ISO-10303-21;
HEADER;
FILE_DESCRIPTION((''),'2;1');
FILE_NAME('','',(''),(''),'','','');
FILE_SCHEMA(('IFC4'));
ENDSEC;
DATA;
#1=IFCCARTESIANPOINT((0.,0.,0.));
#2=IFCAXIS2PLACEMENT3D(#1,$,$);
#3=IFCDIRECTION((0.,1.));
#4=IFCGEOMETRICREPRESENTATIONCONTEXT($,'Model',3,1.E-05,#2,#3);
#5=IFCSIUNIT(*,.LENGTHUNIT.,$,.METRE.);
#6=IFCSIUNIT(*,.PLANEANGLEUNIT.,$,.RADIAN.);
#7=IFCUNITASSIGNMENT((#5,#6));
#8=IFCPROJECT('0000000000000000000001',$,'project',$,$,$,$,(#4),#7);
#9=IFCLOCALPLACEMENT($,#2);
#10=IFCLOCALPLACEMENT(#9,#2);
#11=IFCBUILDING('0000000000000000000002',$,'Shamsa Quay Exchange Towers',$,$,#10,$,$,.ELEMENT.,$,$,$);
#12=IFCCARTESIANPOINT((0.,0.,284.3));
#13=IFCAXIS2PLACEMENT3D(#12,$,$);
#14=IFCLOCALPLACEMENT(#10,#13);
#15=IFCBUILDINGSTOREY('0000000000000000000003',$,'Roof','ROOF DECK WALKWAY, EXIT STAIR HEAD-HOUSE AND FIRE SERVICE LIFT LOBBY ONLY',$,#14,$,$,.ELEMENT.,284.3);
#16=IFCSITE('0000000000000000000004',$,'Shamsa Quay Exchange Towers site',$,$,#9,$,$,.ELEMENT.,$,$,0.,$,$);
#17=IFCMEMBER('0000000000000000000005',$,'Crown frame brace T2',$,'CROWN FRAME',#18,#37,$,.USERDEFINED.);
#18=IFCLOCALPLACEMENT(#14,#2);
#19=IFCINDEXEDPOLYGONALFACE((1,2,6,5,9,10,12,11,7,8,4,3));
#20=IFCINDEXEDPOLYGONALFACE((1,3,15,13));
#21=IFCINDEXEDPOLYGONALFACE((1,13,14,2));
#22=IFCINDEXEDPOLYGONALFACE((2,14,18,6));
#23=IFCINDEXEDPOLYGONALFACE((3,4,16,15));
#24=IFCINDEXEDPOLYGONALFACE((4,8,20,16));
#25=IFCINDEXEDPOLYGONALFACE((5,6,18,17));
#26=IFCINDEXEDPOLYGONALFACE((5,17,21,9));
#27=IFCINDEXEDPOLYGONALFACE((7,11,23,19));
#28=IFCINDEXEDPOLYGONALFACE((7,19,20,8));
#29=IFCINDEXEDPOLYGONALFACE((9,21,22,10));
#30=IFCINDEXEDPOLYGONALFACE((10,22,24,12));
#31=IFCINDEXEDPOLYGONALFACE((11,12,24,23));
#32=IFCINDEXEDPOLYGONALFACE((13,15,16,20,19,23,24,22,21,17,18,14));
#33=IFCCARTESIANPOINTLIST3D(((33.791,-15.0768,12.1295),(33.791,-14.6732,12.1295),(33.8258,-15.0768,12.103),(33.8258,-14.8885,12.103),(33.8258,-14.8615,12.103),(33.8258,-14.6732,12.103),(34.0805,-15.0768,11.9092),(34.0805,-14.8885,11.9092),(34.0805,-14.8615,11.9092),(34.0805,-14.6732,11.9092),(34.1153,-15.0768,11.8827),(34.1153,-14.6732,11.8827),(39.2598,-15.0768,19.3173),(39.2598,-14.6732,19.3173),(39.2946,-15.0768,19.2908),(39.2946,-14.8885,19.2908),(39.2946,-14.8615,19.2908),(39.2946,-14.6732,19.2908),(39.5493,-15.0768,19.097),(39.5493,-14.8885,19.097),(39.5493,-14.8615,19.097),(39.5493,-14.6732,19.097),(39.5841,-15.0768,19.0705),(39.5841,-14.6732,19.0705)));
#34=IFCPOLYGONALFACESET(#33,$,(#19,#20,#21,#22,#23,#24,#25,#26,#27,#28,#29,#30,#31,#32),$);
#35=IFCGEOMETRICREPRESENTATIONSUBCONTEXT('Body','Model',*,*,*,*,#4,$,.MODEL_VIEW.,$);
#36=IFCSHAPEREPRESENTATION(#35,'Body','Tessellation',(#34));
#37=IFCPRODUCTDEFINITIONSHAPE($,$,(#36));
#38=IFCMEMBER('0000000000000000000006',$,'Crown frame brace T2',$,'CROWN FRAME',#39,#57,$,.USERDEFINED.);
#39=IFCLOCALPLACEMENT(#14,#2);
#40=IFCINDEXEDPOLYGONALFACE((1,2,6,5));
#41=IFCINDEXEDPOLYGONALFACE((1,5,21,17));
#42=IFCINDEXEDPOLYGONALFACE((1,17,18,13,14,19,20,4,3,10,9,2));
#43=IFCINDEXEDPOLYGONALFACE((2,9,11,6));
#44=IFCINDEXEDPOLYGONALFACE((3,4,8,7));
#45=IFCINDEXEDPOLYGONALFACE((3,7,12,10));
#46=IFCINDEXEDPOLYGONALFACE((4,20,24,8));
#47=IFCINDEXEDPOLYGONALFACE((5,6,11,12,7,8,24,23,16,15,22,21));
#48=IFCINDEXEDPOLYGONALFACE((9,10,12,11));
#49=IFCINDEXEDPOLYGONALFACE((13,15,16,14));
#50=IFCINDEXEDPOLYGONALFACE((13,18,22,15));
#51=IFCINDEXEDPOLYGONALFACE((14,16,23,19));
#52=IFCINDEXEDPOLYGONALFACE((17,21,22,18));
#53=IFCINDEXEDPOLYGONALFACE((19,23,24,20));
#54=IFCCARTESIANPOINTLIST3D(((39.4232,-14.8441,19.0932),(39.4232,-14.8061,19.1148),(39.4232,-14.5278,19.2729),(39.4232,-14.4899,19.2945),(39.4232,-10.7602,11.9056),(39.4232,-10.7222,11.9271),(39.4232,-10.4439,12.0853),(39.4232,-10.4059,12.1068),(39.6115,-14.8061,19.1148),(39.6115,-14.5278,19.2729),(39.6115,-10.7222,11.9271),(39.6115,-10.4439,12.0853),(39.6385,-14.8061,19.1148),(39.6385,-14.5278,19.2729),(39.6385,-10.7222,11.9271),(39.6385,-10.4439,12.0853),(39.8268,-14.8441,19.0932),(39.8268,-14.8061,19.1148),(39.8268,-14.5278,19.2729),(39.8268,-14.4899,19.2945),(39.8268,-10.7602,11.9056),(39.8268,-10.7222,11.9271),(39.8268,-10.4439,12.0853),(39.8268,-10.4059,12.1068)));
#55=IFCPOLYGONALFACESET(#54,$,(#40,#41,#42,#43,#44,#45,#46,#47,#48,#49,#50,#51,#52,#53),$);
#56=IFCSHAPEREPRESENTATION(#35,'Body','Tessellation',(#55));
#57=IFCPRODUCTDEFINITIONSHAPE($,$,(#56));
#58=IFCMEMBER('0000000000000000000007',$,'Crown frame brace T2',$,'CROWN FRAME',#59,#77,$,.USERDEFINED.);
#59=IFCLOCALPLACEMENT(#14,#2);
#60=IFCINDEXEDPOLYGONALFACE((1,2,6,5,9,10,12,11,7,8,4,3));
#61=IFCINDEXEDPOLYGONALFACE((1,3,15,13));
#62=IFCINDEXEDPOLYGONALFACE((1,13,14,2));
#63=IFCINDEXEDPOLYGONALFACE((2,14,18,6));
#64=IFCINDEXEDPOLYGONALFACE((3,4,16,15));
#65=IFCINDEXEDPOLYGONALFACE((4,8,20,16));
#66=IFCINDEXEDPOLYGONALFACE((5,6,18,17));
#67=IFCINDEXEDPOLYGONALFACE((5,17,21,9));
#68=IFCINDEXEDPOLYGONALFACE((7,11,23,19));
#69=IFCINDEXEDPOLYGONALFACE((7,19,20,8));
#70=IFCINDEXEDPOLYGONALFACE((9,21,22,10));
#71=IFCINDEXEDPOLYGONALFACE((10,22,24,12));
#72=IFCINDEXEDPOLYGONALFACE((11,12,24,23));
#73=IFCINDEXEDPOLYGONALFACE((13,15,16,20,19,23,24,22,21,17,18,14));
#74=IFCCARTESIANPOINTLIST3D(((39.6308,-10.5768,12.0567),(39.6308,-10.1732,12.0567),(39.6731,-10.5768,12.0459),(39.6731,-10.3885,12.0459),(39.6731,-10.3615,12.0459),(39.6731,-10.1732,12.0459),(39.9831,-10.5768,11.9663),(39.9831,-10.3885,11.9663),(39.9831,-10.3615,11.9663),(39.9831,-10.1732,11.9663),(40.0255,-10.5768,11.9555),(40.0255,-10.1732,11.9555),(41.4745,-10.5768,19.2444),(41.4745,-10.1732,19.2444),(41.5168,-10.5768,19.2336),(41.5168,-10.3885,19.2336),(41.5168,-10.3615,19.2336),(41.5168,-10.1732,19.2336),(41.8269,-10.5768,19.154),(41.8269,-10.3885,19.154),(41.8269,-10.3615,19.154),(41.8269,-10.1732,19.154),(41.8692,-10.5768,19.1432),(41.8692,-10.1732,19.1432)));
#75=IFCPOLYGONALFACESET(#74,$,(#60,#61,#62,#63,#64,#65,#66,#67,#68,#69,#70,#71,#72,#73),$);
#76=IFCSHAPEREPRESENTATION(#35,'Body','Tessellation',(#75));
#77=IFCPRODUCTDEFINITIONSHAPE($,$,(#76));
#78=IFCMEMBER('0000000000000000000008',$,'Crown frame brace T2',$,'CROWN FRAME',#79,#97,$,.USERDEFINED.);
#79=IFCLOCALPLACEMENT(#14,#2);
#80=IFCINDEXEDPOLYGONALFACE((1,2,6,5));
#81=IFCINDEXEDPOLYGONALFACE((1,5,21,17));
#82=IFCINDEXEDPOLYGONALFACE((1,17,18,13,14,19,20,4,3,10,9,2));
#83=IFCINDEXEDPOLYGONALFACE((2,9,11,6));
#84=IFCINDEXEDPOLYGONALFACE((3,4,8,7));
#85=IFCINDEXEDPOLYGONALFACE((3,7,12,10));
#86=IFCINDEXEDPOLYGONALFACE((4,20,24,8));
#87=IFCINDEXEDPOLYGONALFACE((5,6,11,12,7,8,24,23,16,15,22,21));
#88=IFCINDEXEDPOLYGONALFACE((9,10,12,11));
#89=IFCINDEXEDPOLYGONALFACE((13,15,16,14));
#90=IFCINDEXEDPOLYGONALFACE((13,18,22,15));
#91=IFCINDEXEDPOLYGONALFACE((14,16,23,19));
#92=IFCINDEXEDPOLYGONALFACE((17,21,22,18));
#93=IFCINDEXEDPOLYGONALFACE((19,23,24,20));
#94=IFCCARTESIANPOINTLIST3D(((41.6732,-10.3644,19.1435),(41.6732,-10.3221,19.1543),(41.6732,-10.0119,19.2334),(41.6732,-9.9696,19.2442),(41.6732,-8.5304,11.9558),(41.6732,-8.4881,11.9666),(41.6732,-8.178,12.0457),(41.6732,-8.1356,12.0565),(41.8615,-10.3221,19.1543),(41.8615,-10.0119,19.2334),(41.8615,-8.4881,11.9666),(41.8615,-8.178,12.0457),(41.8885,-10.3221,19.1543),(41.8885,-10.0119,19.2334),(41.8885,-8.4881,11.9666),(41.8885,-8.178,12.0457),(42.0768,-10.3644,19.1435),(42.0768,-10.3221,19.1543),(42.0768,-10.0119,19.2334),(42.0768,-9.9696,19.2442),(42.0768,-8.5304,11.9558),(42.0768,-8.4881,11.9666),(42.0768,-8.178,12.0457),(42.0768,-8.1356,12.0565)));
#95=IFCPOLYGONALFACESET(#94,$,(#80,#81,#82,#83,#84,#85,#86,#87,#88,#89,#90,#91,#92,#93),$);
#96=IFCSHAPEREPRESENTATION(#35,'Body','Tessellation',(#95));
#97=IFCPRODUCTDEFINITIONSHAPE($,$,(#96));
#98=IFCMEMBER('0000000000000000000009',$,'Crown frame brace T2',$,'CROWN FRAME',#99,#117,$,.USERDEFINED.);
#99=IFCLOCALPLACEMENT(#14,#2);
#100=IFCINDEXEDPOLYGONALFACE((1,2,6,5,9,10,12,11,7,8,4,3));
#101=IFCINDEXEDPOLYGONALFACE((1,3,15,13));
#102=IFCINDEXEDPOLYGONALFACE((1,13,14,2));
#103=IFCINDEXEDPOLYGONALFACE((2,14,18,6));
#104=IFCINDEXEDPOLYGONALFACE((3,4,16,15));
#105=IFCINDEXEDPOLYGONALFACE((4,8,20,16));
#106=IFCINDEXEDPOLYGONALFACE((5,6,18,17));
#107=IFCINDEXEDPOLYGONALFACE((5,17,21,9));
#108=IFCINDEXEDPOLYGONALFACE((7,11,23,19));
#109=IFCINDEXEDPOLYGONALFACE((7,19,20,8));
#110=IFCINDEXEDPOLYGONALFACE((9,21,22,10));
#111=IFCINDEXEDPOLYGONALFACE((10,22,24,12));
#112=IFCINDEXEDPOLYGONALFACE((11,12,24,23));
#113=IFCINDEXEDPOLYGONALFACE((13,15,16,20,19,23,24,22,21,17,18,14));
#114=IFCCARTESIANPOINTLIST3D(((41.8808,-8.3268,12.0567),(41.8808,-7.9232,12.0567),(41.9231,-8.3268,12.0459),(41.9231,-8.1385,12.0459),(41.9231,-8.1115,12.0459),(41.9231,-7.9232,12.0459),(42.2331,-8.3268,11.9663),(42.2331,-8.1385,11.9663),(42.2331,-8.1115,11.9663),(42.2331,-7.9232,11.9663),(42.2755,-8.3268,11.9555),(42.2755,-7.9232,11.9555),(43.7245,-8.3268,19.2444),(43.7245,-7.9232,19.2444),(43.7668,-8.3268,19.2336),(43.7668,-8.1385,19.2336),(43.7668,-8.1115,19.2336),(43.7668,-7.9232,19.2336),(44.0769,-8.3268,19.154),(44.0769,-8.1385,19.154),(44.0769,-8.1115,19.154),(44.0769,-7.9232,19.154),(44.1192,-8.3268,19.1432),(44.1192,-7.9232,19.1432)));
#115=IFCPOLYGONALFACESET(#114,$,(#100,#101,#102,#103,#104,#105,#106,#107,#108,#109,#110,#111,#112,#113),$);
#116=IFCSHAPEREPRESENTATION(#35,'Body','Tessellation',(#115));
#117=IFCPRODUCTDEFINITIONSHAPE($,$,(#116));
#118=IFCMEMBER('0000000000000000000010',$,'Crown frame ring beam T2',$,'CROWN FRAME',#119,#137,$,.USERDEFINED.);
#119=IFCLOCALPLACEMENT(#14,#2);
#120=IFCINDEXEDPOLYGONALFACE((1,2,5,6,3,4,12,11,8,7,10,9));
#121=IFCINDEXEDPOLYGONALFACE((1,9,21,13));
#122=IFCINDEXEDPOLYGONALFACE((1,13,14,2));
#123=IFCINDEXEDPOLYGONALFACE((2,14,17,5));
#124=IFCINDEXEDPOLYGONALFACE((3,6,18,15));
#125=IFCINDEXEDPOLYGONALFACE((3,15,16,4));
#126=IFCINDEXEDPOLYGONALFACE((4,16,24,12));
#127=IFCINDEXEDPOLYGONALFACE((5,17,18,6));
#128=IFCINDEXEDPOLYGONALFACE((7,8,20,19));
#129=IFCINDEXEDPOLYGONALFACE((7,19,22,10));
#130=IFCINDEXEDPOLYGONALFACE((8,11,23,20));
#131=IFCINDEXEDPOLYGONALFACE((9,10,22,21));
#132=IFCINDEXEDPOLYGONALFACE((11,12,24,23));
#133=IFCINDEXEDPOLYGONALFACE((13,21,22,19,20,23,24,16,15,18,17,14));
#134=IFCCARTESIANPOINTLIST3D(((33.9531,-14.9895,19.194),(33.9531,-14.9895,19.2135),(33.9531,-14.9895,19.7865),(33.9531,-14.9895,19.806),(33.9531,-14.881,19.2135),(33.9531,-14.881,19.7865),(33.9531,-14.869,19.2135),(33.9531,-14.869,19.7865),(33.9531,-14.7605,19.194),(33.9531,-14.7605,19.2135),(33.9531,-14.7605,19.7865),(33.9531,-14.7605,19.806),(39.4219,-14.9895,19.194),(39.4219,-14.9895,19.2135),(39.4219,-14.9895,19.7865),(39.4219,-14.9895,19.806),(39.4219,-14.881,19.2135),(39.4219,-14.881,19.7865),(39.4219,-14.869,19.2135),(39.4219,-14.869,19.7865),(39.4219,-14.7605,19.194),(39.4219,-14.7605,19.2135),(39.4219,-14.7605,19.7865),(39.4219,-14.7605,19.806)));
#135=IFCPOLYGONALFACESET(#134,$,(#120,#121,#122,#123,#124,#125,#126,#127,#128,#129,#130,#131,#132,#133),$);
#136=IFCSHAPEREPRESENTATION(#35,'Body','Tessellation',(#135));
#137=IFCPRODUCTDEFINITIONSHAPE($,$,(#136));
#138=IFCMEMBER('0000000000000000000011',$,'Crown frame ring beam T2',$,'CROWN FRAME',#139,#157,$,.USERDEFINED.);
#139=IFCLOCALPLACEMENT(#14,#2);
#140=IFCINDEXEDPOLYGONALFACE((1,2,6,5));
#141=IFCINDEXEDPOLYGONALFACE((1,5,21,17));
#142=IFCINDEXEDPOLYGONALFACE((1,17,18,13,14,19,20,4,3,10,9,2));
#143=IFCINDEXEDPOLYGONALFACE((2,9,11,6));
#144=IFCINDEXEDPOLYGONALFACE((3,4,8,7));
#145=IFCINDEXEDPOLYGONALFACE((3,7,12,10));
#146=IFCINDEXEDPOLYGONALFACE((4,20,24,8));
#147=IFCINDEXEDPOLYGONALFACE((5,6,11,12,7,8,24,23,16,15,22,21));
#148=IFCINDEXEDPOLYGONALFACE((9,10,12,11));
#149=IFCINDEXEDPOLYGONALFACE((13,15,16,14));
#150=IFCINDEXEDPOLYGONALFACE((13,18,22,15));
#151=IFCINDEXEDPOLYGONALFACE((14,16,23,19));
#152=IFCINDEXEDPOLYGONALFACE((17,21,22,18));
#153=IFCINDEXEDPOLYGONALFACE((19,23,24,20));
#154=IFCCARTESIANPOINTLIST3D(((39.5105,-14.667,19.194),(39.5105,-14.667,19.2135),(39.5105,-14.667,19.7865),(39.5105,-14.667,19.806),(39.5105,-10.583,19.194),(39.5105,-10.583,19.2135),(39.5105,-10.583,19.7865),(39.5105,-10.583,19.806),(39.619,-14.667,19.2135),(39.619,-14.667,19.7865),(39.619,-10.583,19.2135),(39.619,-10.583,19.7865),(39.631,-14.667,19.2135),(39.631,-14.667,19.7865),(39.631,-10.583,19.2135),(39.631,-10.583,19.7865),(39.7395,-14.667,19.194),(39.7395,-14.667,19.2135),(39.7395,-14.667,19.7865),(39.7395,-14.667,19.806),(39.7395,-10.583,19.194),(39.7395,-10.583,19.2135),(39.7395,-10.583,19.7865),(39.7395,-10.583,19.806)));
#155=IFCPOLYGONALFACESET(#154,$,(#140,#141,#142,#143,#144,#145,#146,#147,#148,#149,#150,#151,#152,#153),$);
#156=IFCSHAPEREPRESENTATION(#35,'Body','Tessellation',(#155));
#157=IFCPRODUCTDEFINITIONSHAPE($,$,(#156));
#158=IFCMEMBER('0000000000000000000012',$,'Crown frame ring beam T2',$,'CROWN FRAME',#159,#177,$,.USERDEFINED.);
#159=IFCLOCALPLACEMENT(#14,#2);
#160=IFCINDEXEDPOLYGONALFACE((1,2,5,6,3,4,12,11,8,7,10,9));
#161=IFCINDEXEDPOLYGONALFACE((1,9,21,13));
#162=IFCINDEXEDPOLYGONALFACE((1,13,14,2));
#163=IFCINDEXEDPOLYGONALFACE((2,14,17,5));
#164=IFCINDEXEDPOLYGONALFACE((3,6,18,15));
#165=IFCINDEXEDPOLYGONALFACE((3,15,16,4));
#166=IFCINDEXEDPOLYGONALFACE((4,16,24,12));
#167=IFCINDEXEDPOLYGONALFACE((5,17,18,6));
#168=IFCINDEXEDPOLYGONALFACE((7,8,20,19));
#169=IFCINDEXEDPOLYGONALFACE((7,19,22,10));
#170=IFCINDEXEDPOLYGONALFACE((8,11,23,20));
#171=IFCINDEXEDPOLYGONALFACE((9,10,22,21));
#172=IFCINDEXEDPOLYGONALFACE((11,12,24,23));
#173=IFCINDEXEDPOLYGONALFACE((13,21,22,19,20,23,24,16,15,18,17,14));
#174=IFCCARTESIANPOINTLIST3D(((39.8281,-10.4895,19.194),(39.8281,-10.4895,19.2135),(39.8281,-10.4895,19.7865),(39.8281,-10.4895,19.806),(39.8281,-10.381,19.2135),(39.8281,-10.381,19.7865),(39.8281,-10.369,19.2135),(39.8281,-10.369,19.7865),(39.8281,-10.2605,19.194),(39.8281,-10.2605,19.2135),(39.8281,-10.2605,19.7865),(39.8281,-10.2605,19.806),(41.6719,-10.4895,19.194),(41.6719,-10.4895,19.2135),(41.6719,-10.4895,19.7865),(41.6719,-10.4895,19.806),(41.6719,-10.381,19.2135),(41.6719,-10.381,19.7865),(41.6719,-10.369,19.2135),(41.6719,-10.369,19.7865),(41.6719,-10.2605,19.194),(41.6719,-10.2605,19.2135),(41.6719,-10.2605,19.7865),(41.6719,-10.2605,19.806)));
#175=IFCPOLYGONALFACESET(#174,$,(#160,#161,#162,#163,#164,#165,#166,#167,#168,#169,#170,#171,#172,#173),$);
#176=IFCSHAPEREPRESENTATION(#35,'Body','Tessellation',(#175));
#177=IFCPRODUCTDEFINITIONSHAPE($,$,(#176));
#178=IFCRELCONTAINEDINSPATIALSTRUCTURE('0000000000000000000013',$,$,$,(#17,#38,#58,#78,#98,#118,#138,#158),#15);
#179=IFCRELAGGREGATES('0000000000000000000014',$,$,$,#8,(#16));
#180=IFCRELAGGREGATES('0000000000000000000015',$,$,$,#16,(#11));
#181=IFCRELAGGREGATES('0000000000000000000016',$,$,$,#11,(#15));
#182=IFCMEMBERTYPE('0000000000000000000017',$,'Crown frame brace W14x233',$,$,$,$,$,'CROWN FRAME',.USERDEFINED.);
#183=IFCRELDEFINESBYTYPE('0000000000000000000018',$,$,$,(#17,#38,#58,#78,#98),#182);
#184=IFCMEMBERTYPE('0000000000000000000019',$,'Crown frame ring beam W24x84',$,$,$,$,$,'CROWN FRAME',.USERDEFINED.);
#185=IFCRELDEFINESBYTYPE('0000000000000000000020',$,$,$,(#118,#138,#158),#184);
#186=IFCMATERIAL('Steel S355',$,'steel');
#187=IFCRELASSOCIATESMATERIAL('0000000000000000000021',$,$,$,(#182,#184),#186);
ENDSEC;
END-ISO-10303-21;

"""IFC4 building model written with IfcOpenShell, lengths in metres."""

from ifc_helpers import new_model, si_unit, direction, frame, origin, origin_2d, place, context, subcontext, project, spatial, i_section, extrude, material, material_profile, profile_set, type_object, element, save


model = new_model("IFC4")

# Units and contexts
model_context = context("Model", 3, precision=1e-05, world=origin(), true_north=direction((0.0, 1.0)))
body_context = subcontext(model_context, "Body", "Model", "MODEL_VIEW")
ifc_project = project(units=[si_unit("LENGTHUNIT", "METRE"), si_unit("PLANEANGLEUNIT", "RADIAN")], contexts=[model_context])

# Site, building, storey
site_placement = place(None, origin())
site = spatial("IfcSite", under=ifc_project, at=site_placement, Name="Shamsa Quay Exchange Towers site", CompositionType="ELEMENT", RefElevation=0.0)
building_placement = place(site_placement, origin())
building = spatial("IfcBuilding", under=site, at=building_placement, Name="Shamsa Quay Exchange Towers", CompositionType="ELEMENT")
storey_placement = place(building_placement, frame((0.0, 0.0, 284.3)))
storey = spatial("IfcBuildingStorey", under=building, at=storey_placement, Name="Roof", Description="ROOF DECK WALKWAY, EXIT STAIR HEAD-HOUSE AND FIRE SERVICE LIFT LOBBY ONLY", CompositionType="ELEMENT", Elevation=284.3)

# Members
ifc_material_1 = material(Name="Steel S355", Category="steel")
ifc_material_profile_1 = material_profile(ifc_material_1, i_section(OverallWidth=0.4036, OverallDepth=0.4075, WebThickness=0.0271, FlangeThickness=0.0437, at=origin_2d()), Name="W14x233")
ifc_profile_set_1 = profile_set([ifc_material_profile_1], Name="Steel S355")
member_type_1 = type_object("IfcMemberType", Name="Crown frame brace W14x233", ElementType="CROWN FRAME", PredefinedType="USERDEFINED", material=ifc_profile_set_1)
member_1_placement = place(storey_placement, frame((33.9531, -14.875, 12.0061), z_axis=(0.605509, 0.0, 0.795839), x_axis=(0.0, 1.0, 0.0)))
element("IfcMember", 1, at=member_1_placement, inside=storey, type_object=member_type_1, Name="Crown frame brace T2", ObjectType="CROWN FRAME", PredefinedType="USERDEFINED", context=body_context, shape_type="SweptSolid", body=[
    extrude(i_section(OverallWidth=0.4036, OverallDepth=0.4075, WebThickness=0.0271, FlangeThickness=0.0437, at=origin_2d()), origin(), (0.0, 0.0, 1.0), 9.0317),
])
member_2_placement = place(storey_placement, frame((39.625, -14.667, 19.1938), z_axis=(0.0, 0.494013, -0.869455), x_axis=(-1.0, 0.0, 0.0)))
element("IfcMember", 2, at=member_2_placement, inside=storey, type_object=member_type_1, Name="Crown frame brace T2", ObjectType="CROWN FRAME", PredefinedType="USERDEFINED", context=body_context, shape_type="SweptSolid", body=[
    extrude(i_section(OverallWidth=0.4036, OverallDepth=0.4075, WebThickness=0.0271, FlangeThickness=0.0437, at=origin_2d()), origin(), (0.0, 0.0, 1.0), 8.2668),
])
member_3_placement = place(storey_placement, frame((39.8281, -10.375, 12.0061), z_axis=(0.248469, 0.0, 0.96864), x_axis=(0.0, 1.0, 0.0)))
element("IfcMember", 3, at=member_3_placement, inside=storey, type_object=member_type_1, Name="Crown frame brace T2", ObjectType="CROWN FRAME", PredefinedType="USERDEFINED", context=body_context, shape_type="SweptSolid", body=[
    extrude(i_section(OverallWidth=0.4036, OverallDepth=0.4075, WebThickness=0.0271, FlangeThickness=0.0437, at=origin_2d()), origin(), (0.0, 0.0, 1.0), 7.4204),
])
member_4_placement = place(storey_placement, frame((41.875, -10.167, 19.1938), z_axis=(0.0, 0.247233, -0.968956), x_axis=(-1.0, 0.0, 0.0)))
element("IfcMember", 4, at=member_4_placement, inside=storey, type_object=member_type_1, Name="Crown frame brace T2", ObjectType="CROWN FRAME", PredefinedType="USERDEFINED", context=body_context, shape_type="SweptSolid", body=[
    extrude(i_section(OverallWidth=0.4036, OverallDepth=0.4075, WebThickness=0.0271, FlangeThickness=0.0437, at=origin_2d()), origin(), (0.0, 0.0, 1.0), 7.418),
])
member_5_placement = place(storey_placement, frame((42.0781, -8.125, 12.0061), z_axis=(0.248469, 0.0, 0.96864), x_axis=(0.0, 1.0, 0.0)))
element("IfcMember", 5, at=member_5_placement, inside=storey, type_object=member_type_1, Name="Crown frame brace T2", ObjectType="CROWN FRAME", PredefinedType="USERDEFINED", context=body_context, shape_type="SweptSolid", body=[
    extrude(i_section(OverallWidth=0.4036, OverallDepth=0.4075, WebThickness=0.0271, FlangeThickness=0.0437, at=origin_2d()), origin(), (0.0, 0.0, 1.0), 7.4204),
])
ifc_material_profile_2 = material_profile(ifc_material_1, i_section(OverallWidth=0.229, OverallDepth=0.6121, WebThickness=0.012, FlangeThickness=0.0195, at=origin_2d()), Name="W24x84")
ifc_profile_set_2 = profile_set([ifc_material_profile_2], Name="Steel S355")
member_type_2 = type_object("IfcMemberType", Name="Crown frame ring beam W24x84", ElementType="CROWN FRAME", PredefinedType="USERDEFINED", material=ifc_profile_set_2)
member_6_placement = place(storey_placement, frame((33.9531, -14.875, 19.5), z_axis=(1.0, 0.0, 0.0), x_axis=(0.0, 1.0, 0.0)))
element("IfcMember", 6, at=member_6_placement, inside=storey, type_object=member_type_2, Name="Crown frame ring beam T2", ObjectType="CROWN FRAME", PredefinedType="USERDEFINED", context=body_context, shape_type="SweptSolid", body=[
    extrude(i_section(OverallWidth=0.229, OverallDepth=0.6121, WebThickness=0.012, FlangeThickness=0.0195, at=origin_2d()), origin(), (0.0, 0.0, 1.0), 5.4688),
])
member_7_placement = place(storey_placement, frame((39.625, -14.667, 19.5), z_axis=(0.0, 1.0, 0.0), x_axis=(-1.0, 0.0, 0.0)))
element("IfcMember", 7, at=member_7_placement, inside=storey, type_object=member_type_2, Name="Crown frame ring beam T2", ObjectType="CROWN FRAME", PredefinedType="USERDEFINED", context=body_context, shape_type="SweptSolid", body=[
    extrude(i_section(OverallWidth=0.229, OverallDepth=0.6121, WebThickness=0.012, FlangeThickness=0.0195, at=origin_2d()), origin(), (0.0, 0.0, 1.0), 4.084),
])
member_8_placement = place(storey_placement, frame((39.8281, -10.375, 19.5), z_axis=(1.0, 0.0, 0.0), x_axis=(0.0, 1.0, 0.0)))
element("IfcMember", 8, at=member_8_placement, inside=storey, type_object=member_type_2, Name="Crown frame ring beam T2", ObjectType="CROWN FRAME", PredefinedType="USERDEFINED", context=body_context, shape_type="SweptSolid", body=[
    extrude(i_section(OverallWidth=0.229, OverallDepth=0.6121, WebThickness=0.012, FlangeThickness=0.0195, at=origin_2d()), origin(), (0.0, 0.0, 1.0), 1.8438),
])

save(model, "model.ifc")
